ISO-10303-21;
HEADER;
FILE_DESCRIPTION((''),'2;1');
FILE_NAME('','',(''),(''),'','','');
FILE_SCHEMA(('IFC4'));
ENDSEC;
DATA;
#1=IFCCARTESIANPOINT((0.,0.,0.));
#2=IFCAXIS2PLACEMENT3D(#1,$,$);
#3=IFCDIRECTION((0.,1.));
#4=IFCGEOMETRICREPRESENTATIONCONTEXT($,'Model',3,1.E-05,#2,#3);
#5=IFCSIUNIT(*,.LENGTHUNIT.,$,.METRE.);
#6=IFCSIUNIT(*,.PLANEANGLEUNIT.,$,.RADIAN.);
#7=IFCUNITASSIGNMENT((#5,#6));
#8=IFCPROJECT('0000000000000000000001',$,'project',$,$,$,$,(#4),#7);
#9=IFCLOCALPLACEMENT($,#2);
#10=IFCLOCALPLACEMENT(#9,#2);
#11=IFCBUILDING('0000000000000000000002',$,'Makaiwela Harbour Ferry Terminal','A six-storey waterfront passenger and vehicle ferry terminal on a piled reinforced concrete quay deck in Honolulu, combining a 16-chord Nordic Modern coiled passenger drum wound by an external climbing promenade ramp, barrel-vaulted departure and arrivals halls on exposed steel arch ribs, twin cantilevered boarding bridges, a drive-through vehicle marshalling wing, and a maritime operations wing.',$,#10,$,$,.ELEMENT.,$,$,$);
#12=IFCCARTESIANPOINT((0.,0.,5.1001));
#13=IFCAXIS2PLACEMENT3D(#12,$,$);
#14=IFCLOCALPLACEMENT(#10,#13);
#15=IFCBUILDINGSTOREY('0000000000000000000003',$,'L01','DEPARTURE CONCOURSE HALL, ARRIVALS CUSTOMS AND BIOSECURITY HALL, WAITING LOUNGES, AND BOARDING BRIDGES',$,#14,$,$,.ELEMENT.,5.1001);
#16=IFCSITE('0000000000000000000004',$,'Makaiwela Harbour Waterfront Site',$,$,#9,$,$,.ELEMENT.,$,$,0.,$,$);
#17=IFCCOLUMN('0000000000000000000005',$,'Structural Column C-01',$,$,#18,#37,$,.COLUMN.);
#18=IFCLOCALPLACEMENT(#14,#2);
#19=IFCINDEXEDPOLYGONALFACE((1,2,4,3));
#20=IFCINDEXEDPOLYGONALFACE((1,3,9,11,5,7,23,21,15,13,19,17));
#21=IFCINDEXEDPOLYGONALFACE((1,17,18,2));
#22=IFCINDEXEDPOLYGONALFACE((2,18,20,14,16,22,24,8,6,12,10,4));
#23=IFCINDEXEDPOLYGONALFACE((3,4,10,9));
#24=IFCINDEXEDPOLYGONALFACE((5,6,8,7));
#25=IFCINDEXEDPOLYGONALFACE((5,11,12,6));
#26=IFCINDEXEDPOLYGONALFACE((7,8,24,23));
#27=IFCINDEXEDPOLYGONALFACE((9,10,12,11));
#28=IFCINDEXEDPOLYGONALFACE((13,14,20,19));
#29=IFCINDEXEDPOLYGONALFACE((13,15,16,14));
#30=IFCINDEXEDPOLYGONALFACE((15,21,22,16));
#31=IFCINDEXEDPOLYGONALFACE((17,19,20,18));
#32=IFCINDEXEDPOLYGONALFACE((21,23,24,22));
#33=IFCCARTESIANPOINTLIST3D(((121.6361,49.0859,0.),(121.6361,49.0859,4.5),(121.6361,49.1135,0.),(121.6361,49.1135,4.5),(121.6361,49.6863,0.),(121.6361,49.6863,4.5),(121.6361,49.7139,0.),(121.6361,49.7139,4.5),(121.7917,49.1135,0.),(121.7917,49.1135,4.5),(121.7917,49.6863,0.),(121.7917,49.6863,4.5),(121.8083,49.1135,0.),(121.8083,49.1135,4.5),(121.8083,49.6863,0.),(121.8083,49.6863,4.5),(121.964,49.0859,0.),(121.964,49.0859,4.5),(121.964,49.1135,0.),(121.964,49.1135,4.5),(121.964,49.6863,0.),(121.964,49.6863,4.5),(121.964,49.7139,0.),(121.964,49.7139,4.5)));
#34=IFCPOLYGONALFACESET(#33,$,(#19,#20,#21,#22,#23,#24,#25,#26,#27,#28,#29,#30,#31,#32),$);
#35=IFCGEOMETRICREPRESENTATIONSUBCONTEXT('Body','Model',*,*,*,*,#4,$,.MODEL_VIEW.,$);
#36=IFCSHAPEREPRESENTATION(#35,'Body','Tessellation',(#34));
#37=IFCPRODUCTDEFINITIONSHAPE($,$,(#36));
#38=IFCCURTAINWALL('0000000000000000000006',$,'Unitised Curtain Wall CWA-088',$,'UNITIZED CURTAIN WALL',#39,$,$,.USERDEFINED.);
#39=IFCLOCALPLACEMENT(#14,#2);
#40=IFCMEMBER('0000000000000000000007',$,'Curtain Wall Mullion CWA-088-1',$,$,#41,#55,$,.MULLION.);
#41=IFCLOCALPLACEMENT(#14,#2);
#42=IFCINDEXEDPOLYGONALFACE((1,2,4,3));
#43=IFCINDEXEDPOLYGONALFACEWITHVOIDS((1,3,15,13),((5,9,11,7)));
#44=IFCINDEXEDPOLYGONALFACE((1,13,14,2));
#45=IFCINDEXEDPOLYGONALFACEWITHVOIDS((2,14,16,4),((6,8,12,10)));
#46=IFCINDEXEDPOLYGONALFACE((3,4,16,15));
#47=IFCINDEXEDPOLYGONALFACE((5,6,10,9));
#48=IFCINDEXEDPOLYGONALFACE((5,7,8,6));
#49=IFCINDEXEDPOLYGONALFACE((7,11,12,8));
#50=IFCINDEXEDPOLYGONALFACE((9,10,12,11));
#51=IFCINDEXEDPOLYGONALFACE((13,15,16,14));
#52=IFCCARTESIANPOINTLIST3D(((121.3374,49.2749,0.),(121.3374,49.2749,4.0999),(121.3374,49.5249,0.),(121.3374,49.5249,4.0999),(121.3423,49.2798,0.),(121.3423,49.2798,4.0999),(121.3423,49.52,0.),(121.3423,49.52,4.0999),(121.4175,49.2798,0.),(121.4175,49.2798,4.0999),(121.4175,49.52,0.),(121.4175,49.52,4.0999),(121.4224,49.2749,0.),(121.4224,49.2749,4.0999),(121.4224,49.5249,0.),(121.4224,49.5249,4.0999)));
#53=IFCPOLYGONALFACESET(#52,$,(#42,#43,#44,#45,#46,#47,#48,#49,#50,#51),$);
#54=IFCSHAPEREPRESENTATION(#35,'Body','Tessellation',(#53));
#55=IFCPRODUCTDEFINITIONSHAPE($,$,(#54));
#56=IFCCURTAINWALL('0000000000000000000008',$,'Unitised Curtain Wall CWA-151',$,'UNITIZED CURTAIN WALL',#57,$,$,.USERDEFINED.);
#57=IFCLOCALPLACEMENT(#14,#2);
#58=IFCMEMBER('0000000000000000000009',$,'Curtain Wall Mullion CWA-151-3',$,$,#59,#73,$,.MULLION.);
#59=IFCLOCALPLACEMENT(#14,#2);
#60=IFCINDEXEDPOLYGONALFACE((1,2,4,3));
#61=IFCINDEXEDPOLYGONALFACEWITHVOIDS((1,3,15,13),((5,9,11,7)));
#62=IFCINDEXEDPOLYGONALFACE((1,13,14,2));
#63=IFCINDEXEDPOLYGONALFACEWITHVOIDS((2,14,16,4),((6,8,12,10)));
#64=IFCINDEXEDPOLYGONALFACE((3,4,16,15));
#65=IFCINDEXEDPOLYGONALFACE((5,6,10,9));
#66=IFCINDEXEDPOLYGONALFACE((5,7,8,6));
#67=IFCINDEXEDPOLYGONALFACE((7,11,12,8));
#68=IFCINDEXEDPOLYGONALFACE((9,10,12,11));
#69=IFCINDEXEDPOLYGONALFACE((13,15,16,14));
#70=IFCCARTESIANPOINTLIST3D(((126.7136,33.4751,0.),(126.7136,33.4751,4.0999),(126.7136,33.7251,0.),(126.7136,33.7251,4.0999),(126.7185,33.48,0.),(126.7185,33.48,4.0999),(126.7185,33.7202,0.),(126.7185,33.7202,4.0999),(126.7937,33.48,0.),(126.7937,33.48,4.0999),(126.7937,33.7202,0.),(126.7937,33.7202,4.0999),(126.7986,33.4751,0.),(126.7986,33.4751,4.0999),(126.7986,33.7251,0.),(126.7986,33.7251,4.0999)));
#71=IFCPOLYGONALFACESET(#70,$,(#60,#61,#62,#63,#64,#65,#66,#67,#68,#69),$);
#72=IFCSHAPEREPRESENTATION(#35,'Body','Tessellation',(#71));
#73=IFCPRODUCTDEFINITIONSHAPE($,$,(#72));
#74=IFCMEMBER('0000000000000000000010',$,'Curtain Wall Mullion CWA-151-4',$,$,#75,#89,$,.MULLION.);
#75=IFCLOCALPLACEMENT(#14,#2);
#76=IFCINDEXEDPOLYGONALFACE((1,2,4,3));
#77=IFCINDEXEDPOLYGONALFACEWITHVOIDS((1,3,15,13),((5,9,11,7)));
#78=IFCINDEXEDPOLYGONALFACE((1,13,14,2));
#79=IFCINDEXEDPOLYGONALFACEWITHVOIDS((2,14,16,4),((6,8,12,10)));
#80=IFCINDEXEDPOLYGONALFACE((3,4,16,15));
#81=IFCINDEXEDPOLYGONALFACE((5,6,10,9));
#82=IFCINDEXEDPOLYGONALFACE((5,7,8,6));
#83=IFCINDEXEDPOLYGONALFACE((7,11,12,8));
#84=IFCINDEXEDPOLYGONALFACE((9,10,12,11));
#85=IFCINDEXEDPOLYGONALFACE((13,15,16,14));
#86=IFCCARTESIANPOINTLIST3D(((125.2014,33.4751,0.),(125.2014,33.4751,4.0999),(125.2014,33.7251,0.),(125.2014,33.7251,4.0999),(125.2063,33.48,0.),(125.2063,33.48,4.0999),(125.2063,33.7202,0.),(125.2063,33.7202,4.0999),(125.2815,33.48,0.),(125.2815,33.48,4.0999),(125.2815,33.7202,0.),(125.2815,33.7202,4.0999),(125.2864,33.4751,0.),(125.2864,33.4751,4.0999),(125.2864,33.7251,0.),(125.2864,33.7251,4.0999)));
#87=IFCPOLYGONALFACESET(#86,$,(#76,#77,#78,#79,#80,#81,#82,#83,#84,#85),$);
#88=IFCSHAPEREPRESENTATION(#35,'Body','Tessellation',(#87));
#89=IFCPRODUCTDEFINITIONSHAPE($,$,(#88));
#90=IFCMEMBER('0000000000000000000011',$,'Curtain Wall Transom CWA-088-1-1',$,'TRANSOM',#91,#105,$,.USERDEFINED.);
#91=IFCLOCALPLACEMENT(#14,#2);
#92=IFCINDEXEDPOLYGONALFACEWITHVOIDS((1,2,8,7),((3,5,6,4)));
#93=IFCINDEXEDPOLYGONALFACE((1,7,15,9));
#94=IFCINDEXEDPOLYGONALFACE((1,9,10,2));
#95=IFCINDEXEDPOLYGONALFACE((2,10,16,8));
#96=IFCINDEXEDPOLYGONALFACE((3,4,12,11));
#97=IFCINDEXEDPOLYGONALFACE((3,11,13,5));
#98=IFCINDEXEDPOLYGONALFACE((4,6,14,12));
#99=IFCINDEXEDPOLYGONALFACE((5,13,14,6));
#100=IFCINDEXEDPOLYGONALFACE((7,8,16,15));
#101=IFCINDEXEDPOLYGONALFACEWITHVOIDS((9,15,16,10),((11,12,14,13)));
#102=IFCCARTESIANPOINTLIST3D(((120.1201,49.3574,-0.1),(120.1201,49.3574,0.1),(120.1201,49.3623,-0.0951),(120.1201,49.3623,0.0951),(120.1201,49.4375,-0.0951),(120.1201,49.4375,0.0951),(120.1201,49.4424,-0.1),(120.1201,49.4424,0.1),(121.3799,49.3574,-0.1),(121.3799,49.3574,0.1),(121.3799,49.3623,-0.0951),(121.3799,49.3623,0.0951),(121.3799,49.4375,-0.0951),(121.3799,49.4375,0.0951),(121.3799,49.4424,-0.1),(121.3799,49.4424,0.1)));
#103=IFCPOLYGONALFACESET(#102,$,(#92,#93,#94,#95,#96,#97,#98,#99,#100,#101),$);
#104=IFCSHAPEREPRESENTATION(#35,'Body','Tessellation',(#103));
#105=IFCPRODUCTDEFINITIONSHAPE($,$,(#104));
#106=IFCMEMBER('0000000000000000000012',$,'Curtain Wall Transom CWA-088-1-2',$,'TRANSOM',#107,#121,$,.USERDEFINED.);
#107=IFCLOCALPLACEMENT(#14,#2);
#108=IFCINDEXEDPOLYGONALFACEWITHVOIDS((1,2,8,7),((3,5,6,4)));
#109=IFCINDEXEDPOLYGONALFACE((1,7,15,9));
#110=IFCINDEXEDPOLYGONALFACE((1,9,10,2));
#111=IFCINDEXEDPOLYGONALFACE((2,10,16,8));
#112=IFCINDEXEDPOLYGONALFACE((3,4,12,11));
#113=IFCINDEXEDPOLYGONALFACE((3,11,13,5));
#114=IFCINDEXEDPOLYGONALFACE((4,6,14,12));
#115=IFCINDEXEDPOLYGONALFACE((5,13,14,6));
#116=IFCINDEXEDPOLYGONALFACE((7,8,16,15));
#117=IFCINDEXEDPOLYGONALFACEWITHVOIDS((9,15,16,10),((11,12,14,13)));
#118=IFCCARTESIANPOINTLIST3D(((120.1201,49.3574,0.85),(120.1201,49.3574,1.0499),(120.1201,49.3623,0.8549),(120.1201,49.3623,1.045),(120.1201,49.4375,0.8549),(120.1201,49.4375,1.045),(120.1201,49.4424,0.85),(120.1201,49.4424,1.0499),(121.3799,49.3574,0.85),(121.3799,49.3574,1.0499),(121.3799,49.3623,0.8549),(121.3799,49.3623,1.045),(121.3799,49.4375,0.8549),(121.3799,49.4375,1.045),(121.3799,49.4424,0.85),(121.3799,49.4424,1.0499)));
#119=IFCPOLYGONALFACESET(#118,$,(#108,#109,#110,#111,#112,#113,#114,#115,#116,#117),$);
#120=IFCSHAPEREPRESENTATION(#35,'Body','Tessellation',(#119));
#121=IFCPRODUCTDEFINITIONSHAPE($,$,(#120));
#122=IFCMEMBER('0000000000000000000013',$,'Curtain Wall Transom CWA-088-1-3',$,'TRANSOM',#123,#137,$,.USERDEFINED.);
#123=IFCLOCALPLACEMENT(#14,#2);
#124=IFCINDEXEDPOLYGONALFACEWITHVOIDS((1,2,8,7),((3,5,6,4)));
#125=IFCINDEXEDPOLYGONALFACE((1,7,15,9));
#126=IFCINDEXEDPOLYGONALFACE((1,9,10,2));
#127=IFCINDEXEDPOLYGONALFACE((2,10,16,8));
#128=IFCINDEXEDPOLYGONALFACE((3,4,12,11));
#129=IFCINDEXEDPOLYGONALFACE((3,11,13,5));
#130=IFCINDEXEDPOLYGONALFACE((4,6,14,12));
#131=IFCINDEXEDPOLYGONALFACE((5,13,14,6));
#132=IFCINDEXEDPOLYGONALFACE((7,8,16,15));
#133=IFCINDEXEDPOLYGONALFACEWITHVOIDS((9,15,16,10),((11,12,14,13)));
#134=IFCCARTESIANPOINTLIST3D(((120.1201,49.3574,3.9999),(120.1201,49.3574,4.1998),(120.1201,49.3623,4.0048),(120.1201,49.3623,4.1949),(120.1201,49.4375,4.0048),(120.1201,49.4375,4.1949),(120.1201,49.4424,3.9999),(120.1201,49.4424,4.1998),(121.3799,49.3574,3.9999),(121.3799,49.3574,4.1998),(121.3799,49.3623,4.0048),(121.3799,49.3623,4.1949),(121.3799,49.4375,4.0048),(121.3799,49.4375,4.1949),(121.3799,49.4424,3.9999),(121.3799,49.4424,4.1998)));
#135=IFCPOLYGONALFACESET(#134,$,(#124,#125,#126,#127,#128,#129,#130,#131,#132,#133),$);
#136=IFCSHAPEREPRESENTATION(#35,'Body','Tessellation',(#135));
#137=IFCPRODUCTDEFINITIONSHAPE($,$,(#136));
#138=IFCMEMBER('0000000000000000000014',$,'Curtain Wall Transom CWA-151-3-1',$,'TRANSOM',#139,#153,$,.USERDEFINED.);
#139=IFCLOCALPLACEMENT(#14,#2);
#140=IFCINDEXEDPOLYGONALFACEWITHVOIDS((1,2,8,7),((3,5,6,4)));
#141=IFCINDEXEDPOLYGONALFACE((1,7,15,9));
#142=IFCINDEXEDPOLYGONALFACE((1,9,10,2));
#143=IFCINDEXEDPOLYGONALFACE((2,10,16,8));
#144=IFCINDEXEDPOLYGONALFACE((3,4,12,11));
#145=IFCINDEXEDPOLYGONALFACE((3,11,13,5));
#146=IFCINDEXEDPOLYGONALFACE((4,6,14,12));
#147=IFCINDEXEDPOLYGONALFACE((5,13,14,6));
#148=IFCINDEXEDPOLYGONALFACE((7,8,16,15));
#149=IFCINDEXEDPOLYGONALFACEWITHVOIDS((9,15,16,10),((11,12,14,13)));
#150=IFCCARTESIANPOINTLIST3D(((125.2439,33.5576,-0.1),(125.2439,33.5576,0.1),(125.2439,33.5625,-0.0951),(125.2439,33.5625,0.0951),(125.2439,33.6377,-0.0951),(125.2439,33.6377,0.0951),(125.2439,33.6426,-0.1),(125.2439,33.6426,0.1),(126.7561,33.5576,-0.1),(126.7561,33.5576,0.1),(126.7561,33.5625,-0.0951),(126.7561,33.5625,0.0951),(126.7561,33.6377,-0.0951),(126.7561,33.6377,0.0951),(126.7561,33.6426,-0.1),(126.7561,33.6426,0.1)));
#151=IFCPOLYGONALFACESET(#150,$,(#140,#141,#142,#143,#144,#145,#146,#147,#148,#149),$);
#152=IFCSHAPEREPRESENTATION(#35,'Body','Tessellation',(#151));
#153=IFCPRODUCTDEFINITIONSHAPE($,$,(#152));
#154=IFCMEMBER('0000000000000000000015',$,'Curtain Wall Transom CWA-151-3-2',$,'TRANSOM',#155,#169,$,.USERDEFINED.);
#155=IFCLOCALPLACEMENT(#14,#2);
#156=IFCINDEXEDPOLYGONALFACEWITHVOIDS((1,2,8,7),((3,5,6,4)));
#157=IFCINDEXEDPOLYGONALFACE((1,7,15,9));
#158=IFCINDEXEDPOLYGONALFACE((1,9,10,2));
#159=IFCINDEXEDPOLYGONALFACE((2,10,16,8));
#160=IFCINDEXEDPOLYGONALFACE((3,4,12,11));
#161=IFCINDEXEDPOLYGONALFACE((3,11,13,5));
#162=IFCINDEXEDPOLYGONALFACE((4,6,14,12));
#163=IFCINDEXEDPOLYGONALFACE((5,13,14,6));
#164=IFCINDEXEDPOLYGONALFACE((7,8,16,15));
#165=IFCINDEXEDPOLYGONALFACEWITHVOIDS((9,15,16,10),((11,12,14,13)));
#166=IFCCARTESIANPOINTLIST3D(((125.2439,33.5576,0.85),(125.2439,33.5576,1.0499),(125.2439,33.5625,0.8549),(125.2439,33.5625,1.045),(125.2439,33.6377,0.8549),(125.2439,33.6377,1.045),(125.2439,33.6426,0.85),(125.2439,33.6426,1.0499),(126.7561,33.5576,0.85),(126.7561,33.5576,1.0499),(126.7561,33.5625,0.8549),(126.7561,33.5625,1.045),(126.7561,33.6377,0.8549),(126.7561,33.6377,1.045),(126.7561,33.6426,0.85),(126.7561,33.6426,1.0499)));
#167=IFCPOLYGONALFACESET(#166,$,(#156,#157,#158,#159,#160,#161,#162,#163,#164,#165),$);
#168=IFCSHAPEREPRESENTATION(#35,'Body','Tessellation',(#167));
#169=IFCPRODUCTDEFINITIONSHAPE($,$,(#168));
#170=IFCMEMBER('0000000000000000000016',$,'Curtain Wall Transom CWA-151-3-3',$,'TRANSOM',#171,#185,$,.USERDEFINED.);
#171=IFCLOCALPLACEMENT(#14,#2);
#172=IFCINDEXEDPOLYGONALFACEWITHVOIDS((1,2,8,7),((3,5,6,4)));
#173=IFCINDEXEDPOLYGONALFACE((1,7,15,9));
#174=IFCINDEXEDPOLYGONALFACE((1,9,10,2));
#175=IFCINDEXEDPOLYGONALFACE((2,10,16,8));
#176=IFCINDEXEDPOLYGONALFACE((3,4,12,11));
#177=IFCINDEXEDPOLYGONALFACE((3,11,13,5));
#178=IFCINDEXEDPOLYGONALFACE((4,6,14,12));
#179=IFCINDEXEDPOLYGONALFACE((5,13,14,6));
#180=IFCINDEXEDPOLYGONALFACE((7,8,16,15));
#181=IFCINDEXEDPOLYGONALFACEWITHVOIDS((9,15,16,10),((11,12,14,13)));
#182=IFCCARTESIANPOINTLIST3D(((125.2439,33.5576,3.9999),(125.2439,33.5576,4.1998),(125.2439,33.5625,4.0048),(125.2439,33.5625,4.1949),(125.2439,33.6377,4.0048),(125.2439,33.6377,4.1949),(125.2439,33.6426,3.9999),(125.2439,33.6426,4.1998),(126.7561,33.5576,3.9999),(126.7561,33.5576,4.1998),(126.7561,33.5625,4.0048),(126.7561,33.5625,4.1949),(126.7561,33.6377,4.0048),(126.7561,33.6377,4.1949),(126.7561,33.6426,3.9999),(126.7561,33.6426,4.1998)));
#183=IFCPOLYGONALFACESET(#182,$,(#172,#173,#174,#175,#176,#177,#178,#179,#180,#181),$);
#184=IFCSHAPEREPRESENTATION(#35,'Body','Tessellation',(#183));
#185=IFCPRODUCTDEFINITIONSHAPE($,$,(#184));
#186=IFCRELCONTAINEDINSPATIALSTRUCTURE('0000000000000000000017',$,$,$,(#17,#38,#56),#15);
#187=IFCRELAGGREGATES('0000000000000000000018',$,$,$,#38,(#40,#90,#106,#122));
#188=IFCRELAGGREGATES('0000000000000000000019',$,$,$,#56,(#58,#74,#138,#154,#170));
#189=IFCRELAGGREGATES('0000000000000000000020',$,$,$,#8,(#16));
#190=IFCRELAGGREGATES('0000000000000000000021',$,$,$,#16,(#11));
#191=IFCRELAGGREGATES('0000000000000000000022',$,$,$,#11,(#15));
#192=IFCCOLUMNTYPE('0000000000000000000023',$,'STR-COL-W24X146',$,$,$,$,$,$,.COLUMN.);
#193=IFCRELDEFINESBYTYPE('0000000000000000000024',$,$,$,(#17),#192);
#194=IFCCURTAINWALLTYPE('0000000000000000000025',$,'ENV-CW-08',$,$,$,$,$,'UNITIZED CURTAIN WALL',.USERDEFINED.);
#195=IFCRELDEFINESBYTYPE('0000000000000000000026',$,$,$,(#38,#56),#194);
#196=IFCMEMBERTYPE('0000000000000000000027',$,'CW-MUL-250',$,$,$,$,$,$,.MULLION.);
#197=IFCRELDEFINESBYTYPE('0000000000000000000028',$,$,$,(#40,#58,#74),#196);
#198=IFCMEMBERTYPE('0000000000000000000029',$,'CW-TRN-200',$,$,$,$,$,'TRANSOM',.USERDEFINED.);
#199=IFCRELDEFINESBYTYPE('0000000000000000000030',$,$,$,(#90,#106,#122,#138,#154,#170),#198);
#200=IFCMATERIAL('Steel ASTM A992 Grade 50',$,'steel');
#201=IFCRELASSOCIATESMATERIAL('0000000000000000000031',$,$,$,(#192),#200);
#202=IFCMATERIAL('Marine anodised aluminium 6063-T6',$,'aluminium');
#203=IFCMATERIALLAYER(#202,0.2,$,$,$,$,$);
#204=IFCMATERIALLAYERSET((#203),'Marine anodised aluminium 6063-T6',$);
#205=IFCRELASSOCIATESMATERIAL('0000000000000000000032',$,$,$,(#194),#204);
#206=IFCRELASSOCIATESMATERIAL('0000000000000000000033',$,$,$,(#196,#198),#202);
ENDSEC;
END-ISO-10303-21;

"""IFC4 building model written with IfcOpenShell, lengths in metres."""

from ifc_helpers import new_model, si_unit, direction, frame, origin, origin_2d, place, context, subcontext, project, spatial, hollow_rectangle, i_section, extrude, material, layer, layer_set, material_profile, profile_set, type_object, element, aggregate, save


model = new_model("IFC4")

# Units and contexts
model_context = context("Model", 3, precision=1e-05, world=origin(), true_north=direction((0.0, 1.0)))
body_context = subcontext(model_context, "Body", "Model", "MODEL_VIEW")
ifc_project = project(units=[si_unit("LENGTHUNIT", "METRE"), si_unit("PLANEANGLEUNIT", "RADIAN")], contexts=[model_context])

# Site, building, storey
site_placement = place(None, origin())
site = spatial("IfcSite", under=ifc_project, at=site_placement, Name="Makaiwela Harbour Waterfront Site", CompositionType="ELEMENT", RefElevation=0.0)
building_placement = place(site_placement, origin())
building = spatial("IfcBuilding", under=site, at=building_placement, Name="Makaiwela Harbour Ferry Terminal", Description="A six-storey waterfront passenger and vehicle ferry terminal on a piled reinforced concrete quay deck in Honolulu, combining a 16-chord Nordic Modern coiled passenger drum wound by an external climbing promenade ramp, barrel-vaulted departure and arrivals halls on exposed steel arch ribs, twin cantilevered boarding bridges, a drive-through vehicle marshalling wing, and a maritime operations wing.", CompositionType="ELEMENT")
storey_placement = place(building_placement, frame((0.0, 0.0, 5.1001)))
storey = spatial("IfcBuildingStorey", under=building, at=storey_placement, Name="L01", Description="DEPARTURE CONCOURSE HALL, ARRIVALS CUSTOMS AND BIOSECURITY HALL, WAITING LOUNGES, AND BOARDING BRIDGES", CompositionType="ELEMENT", Elevation=5.1001)

# Column
ifc_material_1 = material(Name="Steel ASTM A992 Grade 50", Category="steel")
ifc_material_profile_1 = material_profile(ifc_material_1, i_section(OverallWidth=0.3279, OverallDepth=0.6279, WebThickness=0.0166, FlangeThickness=0.0276, at=origin_2d()), Name="W24X146")
ifc_profile_set_1 = profile_set([ifc_material_profile_1], Name="Steel ASTM A992 Grade 50")
column_type = type_object("IfcColumnType", Name="STR-COL-W24X146", PredefinedType="COLUMN", material=ifc_profile_set_1)
column_placement = place(storey_placement, frame((121.8, 49.3999, 0.0), z_axis=(0.0, 0.0, 1.0), x_axis=(1.0, 0.0, 0.0)))
element("IfcColumn", 1, at=column_placement, inside=storey, type_object=column_type, Name="Structural Column C-01", PredefinedType="COLUMN", context=body_context, shape_type="SweptSolid", body=[
    extrude(i_section(OverallWidth=0.3279, OverallDepth=0.6279, WebThickness=0.0166, FlangeThickness=0.0276, at=origin_2d()), origin(), (0.0, 0.0, 1.0), 4.5),
])

# Curtain wall, member
ifc_material_2 = material(Name="Marine anodised aluminium 6063-T6", Category="aluminium")
ifc_layer_1 = layer(ifc_material_2, 0.2)
ifc_layer_set_1 = layer_set([ifc_layer_1], Name="Marine anodised aluminium 6063-T6")
curtain_wall_type = type_object("IfcCurtainWallType", Name="ENV-CW-08", ElementType="UNITIZED CURTAIN WALL", PredefinedType="USERDEFINED", material=ifc_layer_set_1)
curtain_wall_1_placement = place(storey_placement, origin())
curtain_wall_1 = element("IfcCurtainWall", 2, at=curtain_wall_1_placement, inside=storey, type_object=curtain_wall_type, Name="Unitised Curtain Wall CWA-088", ObjectType="UNITIZED CURTAIN WALL", PredefinedType="USERDEFINED")
ifc_material_profile_2 = material_profile(ifc_material_2, hollow_rectangle(XDim=0.085, YDim=0.25, WallThickness=0.0049, at=origin_2d()), Name="CWM-250X85")
ifc_profile_set_2 = profile_set([ifc_material_profile_2], Name="Marine anodised aluminium 6063-T6")
member_type_1 = type_object("IfcMemberType", Name="CW-MUL-250", PredefinedType="MULLION", material=ifc_profile_set_2)
member_1_placement = place(storey_placement, frame((121.3799, 49.3999, 0.0), z_axis=(0.0, 0.0, 1.0), x_axis=(1.0, 0.0, 0.0)))
member_1 = element("IfcMember", 3, at=member_1_placement, type_object=member_type_1, Name="Curtain Wall Mullion CWA-088-1", PredefinedType="MULLION", context=body_context, shape_type="SweptSolid", body=[
    extrude(hollow_rectangle(XDim=0.085, YDim=0.25, WallThickness=0.0049, at=origin_2d()), origin(), (0.0, 0.0, 1.0), 4.0999),
])

# Curtain wall, members
curtain_wall_2_placement = place(storey_placement, origin())
curtain_wall_2 = element("IfcCurtainWall", 4, at=curtain_wall_2_placement, inside=storey, type_object=curtain_wall_type, Name="Unitised Curtain Wall CWA-151", ObjectType="UNITIZED CURTAIN WALL", PredefinedType="USERDEFINED")
member_2_placement = place(storey_placement, frame((126.7561, 33.6001, 0.0), z_axis=(0.0, 0.0, 1.0), x_axis=(1.0, 0.0, 0.0)))
member_2 = element("IfcMember", 5, at=member_2_placement, type_object=member_type_1, Name="Curtain Wall Mullion CWA-151-3", PredefinedType="MULLION", context=body_context, shape_type="SweptSolid", body=[
    extrude(hollow_rectangle(XDim=0.085, YDim=0.25, WallThickness=0.0049, at=origin_2d()), origin(), (0.0, 0.0, 1.0), 4.0999),
])
member_3_placement = place(storey_placement, frame((125.2439, 33.6001, 0.0), z_axis=(0.0, 0.0, 1.0), x_axis=(1.0, 0.0, 0.0)))
member_3 = element("IfcMember", 6, at=member_3_placement, type_object=member_type_1, Name="Curtain Wall Mullion CWA-151-4", PredefinedType="MULLION", context=body_context, shape_type="SweptSolid", body=[
    extrude(hollow_rectangle(XDim=0.085, YDim=0.25, WallThickness=0.0049, at=origin_2d()), origin(), (0.0, 0.0, 1.0), 4.0999),
])

# Members
ifc_material_profile_3 = material_profile(ifc_material_2, hollow_rectangle(XDim=0.085, YDim=0.2, WallThickness=0.0049, at=origin_2d()), Name="CWT-200X85")
ifc_profile_set_3 = profile_set([ifc_material_profile_3], Name="Marine anodised aluminium 6063-T6")
member_type_2 = type_object("IfcMemberType", Name="CW-TRN-200", ElementType="TRANSOM", PredefinedType="USERDEFINED", material=ifc_profile_set_3)
member_4_placement = place(storey_placement, frame((121.3799, 49.3999, 0.0), z_axis=(-1.0, 0.0, 0.0), x_axis=(0.0, -1.0, 0.0)))
member_4 = element("IfcMember", 7, at=member_4_placement, type_object=member_type_2, Name="Curtain Wall Transom CWA-088-1-1", ObjectType="TRANSOM", PredefinedType="USERDEFINED", context=body_context, shape_type="SweptSolid", body=[
    extrude(hollow_rectangle(XDim=0.085, YDim=0.2, WallThickness=0.0049, at=origin_2d()), origin(), (0.0, 0.0, 1.0), 1.2598),
])
member_5_placement = place(storey_placement, frame((121.3799, 49.3999, 0.95), z_axis=(-1.0, 0.0, 0.0), x_axis=(0.0, -1.0, 0.0)))
member_5 = element("IfcMember", 8, at=member_5_placement, type_object=member_type_2, Name="Curtain Wall Transom CWA-088-1-2", ObjectType="TRANSOM", PredefinedType="USERDEFINED", context=body_context, shape_type="SweptSolid", body=[
    extrude(hollow_rectangle(XDim=0.085, YDim=0.2, WallThickness=0.0049, at=origin_2d()), origin(), (0.0, 0.0, 1.0), 1.2598),
])
member_6_placement = place(storey_placement, frame((121.3799, 49.3999, 4.0999), z_axis=(-1.0, 0.0, 0.0), x_axis=(0.0, -1.0, 0.0)))
member_6 = element("IfcMember", 9, at=member_6_placement, type_object=member_type_2, Name="Curtain Wall Transom CWA-088-1-3", ObjectType="TRANSOM", PredefinedType="USERDEFINED", context=body_context, shape_type="SweptSolid", body=[
    extrude(hollow_rectangle(XDim=0.085, YDim=0.2, WallThickness=0.0049, at=origin_2d()), origin(), (0.0, 0.0, 1.0), 1.2598),
])
member_7_placement = place(storey_placement, frame((126.7561, 33.6001, 0.0), z_axis=(-1.0, 0.0, 0.0), x_axis=(0.0, -1.0, 0.0)))
member_7 = element("IfcMember", 10, at=member_7_placement, type_object=member_type_2, Name="Curtain Wall Transom CWA-151-3-1", ObjectType="TRANSOM", PredefinedType="USERDEFINED", context=body_context, shape_type="SweptSolid", body=[
    extrude(hollow_rectangle(XDim=0.085, YDim=0.2, WallThickness=0.0049, at=origin_2d()), origin(), (0.0, 0.0, 1.0), 1.5122),
])
member_8_placement = place(storey_placement, frame((126.7561, 33.6001, 0.95), z_axis=(-1.0, 0.0, 0.0), x_axis=(0.0, -1.0, 0.0)))
member_8 = element("IfcMember", 11, at=member_8_placement, type_object=member_type_2, Name="Curtain Wall Transom CWA-151-3-2", ObjectType="TRANSOM", PredefinedType="USERDEFINED", context=body_context, shape_type="SweptSolid", body=[
    extrude(hollow_rectangle(XDim=0.085, YDim=0.2, WallThickness=0.0049, at=origin_2d()), origin(), (0.0, 0.0, 1.0), 1.5122),
])
member_9_placement = place(storey_placement, frame((126.7561, 33.6001, 4.0999), z_axis=(-1.0, 0.0, 0.0), x_axis=(0.0, -1.0, 0.0)))
member_9 = element("IfcMember", 12, at=member_9_placement, type_object=member_type_2, Name="Curtain Wall Transom CWA-151-3-3", ObjectType="TRANSOM", PredefinedType="USERDEFINED", context=body_context, shape_type="SweptSolid", body=[
    extrude(hollow_rectangle(XDim=0.085, YDim=0.2, WallThickness=0.0049, at=origin_2d()), origin(), (0.0, 0.0, 1.0), 1.5122),
])

aggregate(curtain_wall_1, [member_1, member_4, member_5, member_6])
aggregate(curtain_wall_2, [member_2, member_3, member_7, member_8, member_9])

save(model, "model.ifc")
